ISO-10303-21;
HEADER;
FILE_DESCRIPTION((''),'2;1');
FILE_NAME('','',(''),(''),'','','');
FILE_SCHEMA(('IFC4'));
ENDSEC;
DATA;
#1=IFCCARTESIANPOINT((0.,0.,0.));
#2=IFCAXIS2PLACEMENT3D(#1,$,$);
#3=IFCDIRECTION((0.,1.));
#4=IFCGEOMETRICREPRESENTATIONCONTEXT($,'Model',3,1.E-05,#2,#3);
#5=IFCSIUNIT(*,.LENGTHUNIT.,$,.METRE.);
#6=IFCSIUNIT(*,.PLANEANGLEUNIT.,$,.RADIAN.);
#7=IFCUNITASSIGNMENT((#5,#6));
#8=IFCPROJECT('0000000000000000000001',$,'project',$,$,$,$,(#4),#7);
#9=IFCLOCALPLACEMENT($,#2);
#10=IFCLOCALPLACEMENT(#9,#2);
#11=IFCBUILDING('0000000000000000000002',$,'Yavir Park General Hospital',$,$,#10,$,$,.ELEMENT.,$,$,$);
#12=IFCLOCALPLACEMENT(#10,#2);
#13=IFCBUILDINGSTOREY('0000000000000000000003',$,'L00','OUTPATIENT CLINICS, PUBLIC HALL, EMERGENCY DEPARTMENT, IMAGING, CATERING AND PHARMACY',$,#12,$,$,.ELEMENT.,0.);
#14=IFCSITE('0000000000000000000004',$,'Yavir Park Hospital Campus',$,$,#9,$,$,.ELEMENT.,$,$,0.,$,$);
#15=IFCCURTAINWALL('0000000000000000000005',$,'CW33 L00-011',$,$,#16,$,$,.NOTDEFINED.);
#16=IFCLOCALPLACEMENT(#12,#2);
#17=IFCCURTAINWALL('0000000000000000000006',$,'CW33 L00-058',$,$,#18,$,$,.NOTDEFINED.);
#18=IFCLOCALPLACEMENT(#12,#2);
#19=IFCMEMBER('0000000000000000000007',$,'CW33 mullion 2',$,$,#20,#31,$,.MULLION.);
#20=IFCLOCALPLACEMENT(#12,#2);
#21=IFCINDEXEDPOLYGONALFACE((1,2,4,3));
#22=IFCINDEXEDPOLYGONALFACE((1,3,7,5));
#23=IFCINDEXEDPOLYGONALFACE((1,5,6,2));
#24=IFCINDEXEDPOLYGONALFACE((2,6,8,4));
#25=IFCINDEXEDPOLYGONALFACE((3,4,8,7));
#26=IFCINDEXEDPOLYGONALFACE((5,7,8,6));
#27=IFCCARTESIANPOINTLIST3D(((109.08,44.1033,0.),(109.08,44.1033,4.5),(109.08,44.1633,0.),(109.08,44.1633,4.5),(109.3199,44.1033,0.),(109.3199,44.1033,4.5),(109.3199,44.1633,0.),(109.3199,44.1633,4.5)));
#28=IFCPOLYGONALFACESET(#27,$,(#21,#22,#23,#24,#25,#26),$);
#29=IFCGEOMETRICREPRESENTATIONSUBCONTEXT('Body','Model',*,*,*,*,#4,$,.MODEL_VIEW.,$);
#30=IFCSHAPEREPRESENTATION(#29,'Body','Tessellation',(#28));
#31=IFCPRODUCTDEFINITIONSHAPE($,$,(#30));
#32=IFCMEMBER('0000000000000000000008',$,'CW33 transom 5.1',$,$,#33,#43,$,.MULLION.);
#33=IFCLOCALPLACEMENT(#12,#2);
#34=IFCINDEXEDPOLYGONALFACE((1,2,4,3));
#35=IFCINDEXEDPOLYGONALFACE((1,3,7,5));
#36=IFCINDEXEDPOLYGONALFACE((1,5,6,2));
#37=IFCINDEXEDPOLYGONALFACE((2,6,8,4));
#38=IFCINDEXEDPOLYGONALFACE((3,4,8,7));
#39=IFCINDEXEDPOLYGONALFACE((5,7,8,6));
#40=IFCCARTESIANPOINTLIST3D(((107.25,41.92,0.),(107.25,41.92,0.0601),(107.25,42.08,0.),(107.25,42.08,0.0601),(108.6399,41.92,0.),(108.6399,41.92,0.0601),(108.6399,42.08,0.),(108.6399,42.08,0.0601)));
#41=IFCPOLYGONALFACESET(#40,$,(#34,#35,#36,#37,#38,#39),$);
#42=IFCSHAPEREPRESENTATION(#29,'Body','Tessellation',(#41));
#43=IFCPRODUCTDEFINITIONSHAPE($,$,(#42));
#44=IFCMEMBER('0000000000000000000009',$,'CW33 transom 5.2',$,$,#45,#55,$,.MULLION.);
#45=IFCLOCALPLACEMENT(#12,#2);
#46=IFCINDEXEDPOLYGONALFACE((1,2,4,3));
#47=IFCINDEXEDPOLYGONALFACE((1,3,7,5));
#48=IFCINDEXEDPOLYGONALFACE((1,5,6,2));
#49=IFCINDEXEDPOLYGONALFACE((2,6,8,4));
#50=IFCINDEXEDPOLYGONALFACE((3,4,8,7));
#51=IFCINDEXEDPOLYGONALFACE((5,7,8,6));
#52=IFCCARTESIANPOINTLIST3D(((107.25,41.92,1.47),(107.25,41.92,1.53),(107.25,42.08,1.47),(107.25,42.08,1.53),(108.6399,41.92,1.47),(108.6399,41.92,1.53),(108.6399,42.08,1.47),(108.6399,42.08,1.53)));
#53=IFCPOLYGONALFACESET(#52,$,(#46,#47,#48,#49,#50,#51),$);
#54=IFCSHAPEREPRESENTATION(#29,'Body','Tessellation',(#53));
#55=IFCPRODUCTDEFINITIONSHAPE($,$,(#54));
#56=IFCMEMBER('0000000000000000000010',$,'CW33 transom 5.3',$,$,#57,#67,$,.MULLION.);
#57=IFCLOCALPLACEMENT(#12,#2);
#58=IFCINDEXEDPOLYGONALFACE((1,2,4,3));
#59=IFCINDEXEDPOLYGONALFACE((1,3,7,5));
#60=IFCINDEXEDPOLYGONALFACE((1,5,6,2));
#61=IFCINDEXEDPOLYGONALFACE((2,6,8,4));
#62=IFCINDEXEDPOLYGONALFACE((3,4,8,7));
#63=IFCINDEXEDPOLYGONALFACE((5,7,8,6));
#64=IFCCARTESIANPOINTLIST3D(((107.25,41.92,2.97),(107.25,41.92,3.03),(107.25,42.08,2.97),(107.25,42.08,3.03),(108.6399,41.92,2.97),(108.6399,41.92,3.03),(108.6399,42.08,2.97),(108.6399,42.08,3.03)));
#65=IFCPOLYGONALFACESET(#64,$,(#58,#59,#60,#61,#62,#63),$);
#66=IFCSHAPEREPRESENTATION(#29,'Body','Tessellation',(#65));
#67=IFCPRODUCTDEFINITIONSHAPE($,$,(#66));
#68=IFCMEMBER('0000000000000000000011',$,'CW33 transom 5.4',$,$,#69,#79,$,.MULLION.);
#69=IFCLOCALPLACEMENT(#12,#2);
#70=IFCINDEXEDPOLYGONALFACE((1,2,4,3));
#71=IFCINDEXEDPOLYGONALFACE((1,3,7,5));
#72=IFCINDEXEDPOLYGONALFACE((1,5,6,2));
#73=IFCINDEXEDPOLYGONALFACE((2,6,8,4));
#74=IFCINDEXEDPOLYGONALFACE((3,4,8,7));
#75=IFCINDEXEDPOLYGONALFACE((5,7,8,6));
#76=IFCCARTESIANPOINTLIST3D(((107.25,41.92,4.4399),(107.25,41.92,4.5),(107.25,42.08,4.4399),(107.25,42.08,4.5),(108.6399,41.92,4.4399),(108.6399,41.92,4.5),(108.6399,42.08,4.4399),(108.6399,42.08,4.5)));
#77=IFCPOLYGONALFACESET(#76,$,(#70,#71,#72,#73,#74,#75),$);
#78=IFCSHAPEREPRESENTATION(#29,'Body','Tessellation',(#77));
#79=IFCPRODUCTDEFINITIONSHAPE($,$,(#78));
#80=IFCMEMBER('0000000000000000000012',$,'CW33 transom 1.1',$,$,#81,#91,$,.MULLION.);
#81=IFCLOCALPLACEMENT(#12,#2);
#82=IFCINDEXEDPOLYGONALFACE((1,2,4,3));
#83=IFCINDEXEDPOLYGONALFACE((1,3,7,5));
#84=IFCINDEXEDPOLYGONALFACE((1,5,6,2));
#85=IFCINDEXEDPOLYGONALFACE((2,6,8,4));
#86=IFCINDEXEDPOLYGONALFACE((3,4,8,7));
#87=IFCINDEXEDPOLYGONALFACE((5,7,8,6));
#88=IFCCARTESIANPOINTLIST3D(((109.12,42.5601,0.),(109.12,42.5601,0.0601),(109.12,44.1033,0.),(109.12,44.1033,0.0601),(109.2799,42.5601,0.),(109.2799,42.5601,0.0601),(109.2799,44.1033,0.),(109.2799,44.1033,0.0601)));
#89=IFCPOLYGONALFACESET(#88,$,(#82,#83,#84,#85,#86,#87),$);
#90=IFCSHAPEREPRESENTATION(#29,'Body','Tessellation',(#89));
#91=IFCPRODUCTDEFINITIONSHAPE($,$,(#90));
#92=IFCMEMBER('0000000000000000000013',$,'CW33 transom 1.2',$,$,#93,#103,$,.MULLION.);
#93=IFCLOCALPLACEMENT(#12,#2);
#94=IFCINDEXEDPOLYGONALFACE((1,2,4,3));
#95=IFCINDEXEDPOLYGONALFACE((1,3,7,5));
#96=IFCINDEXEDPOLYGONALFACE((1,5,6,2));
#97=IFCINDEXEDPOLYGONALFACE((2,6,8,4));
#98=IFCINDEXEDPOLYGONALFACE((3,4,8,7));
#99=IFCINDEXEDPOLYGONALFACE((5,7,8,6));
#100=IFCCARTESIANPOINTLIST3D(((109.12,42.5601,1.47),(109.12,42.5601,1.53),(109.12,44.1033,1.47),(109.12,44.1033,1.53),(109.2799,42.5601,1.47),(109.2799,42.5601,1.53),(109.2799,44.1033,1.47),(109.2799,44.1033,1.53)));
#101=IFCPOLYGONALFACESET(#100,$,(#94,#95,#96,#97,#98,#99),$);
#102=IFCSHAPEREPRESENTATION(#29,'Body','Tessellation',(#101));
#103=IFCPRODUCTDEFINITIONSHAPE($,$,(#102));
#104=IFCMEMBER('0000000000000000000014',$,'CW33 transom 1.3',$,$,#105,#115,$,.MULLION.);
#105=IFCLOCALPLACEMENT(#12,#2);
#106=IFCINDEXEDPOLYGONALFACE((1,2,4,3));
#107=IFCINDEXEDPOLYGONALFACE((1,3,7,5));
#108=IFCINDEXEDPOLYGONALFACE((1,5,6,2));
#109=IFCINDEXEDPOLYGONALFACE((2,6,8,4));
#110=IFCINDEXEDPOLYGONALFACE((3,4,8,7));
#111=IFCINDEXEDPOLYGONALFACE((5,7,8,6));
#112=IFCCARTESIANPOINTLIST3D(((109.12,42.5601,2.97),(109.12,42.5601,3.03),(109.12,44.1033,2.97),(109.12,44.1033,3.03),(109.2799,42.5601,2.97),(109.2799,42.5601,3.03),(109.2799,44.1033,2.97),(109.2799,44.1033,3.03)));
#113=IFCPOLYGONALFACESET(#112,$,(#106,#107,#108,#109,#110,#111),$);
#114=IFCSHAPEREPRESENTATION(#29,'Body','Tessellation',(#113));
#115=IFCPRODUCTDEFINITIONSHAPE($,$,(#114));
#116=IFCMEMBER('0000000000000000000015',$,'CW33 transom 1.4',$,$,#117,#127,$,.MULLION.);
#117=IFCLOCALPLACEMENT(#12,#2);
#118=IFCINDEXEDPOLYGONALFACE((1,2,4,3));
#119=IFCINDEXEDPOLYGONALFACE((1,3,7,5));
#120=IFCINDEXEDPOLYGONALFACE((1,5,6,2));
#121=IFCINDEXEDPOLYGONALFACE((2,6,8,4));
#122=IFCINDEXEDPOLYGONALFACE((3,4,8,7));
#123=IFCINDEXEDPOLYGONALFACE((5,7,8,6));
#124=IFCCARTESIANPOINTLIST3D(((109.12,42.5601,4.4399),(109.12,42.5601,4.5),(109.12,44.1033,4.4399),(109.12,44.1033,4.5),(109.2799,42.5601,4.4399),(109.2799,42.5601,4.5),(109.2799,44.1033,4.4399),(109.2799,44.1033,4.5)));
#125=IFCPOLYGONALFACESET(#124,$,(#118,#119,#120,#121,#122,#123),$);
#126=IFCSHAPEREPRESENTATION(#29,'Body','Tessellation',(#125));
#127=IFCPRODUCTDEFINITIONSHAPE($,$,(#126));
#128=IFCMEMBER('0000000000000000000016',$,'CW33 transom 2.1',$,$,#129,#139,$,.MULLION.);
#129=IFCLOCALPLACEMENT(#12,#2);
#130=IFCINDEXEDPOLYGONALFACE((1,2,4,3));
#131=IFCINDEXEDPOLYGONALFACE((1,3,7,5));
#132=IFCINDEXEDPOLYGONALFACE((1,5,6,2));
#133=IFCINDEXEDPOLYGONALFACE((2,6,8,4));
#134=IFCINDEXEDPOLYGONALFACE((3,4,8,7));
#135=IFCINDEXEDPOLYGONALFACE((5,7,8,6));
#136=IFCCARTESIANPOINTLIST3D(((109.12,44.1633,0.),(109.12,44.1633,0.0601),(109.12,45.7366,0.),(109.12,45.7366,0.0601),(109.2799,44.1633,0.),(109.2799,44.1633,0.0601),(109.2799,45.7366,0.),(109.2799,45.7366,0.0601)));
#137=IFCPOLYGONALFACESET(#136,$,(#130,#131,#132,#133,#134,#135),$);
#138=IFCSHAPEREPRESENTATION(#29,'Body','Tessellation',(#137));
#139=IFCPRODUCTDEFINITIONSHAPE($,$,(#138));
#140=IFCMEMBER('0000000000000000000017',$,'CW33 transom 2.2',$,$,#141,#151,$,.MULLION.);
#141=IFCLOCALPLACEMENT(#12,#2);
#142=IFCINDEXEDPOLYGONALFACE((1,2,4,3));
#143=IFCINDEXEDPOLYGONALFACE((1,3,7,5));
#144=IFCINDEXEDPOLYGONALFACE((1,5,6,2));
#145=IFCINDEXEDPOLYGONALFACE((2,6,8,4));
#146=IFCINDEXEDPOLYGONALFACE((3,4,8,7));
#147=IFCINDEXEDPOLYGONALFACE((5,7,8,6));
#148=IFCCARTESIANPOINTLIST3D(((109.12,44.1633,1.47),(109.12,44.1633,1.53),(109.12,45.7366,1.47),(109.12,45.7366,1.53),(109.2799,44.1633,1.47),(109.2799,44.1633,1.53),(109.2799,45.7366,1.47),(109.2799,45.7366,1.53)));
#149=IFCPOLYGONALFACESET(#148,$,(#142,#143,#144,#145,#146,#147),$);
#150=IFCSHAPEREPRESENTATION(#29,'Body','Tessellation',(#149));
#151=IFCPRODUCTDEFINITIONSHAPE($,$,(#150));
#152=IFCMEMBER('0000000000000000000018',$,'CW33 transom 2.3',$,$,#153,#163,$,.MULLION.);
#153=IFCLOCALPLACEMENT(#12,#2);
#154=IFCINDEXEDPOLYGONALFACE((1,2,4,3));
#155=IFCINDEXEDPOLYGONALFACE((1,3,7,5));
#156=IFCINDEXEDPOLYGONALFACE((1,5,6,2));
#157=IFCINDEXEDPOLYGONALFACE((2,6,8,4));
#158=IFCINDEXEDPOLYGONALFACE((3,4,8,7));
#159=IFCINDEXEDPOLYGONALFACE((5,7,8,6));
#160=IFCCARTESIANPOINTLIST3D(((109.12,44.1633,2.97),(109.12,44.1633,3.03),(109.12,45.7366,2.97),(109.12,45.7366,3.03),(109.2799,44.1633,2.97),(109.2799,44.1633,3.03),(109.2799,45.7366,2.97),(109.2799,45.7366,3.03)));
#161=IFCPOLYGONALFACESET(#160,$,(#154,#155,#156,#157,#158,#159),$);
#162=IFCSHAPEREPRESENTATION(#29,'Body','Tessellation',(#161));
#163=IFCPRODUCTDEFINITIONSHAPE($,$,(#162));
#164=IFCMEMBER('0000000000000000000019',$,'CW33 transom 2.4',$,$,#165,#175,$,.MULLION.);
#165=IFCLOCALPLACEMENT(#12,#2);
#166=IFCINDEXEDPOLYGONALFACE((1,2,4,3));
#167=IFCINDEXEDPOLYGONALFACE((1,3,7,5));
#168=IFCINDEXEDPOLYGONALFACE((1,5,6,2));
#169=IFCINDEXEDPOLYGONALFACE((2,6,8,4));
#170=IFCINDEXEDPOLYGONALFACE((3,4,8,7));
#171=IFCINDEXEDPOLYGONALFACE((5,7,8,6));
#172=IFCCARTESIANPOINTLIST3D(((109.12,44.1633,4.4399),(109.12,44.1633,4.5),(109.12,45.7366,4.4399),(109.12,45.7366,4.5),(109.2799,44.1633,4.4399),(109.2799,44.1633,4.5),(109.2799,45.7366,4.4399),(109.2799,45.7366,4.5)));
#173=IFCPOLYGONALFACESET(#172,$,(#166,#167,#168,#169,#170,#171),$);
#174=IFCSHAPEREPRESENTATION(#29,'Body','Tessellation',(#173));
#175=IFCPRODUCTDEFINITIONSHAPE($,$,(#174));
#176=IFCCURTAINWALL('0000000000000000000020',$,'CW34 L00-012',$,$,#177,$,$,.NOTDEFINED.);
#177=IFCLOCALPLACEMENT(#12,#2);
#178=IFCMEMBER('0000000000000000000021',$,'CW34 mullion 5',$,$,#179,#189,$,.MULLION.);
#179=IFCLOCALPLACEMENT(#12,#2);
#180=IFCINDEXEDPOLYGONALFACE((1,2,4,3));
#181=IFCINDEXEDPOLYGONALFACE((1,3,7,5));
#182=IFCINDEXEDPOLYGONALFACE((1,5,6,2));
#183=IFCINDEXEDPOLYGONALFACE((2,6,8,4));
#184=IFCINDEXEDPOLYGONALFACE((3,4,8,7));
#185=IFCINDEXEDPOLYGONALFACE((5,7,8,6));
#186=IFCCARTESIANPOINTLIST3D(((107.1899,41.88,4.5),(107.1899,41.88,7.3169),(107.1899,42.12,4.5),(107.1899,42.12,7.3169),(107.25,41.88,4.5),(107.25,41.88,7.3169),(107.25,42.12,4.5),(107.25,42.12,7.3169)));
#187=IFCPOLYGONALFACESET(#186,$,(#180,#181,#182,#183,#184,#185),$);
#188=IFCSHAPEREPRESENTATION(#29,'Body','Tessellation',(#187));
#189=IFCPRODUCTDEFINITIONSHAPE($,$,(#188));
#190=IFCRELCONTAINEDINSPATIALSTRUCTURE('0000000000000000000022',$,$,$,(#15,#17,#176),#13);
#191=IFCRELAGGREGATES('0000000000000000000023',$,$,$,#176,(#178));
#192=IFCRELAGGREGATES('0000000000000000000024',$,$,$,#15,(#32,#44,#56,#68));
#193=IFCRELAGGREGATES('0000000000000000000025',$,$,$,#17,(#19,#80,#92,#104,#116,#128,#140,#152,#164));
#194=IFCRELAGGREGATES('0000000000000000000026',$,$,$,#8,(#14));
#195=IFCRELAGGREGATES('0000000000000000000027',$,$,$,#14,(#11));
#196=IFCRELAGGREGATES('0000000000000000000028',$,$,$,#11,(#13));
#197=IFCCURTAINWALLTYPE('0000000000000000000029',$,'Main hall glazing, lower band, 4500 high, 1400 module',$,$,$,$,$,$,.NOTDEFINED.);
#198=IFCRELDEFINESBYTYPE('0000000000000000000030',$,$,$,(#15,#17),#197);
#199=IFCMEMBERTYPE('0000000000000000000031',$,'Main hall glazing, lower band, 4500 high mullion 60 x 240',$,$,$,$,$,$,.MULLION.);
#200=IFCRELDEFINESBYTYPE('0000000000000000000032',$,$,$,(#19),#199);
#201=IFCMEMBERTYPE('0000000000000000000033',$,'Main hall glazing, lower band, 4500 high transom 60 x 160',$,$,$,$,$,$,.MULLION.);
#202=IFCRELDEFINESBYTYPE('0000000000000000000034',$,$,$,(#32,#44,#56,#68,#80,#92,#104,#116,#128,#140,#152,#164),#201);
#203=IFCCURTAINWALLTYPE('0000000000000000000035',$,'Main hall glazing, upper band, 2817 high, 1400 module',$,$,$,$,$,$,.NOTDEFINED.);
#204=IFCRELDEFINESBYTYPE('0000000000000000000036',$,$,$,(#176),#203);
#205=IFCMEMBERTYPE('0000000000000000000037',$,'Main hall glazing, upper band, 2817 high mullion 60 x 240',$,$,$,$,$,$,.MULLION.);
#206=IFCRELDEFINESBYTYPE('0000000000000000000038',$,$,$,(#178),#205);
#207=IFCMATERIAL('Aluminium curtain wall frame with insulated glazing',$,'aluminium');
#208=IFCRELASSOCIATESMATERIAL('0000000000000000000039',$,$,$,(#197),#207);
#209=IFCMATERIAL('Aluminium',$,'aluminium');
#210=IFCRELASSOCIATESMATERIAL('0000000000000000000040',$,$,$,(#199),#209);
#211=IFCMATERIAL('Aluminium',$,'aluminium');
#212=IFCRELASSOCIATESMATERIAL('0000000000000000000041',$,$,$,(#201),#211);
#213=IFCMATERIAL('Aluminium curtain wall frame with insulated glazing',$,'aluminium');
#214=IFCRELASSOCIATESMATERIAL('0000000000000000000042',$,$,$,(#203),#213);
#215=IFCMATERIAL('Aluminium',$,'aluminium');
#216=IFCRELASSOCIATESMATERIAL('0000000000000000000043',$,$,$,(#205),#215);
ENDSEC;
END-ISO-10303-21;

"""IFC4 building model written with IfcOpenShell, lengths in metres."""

from ifc_helpers import new_model, si_unit, direction, frame, origin, origin_2d, place, context, subcontext, project, spatial, rectangle, extrude, material, material_profile, profile_set, type_object, element, aggregate, save


model = new_model("IFC4")

# Units and contexts
model_context = context("Model", 3, precision=1e-05, world=origin(), true_north=direction((0.0, 1.0)))
body_context = subcontext(model_context, "Body", "Model", "MODEL_VIEW")
ifc_project = project(units=[si_unit("LENGTHUNIT", "METRE"), si_unit("PLANEANGLEUNIT", "RADIAN")], contexts=[model_context])

# Site, building, storey
site_placement = place(None, origin())
site = spatial("IfcSite", under=ifc_project, at=site_placement, Name="Yavir Park Hospital Campus", CompositionType="ELEMENT", RefElevation=0.0)
building_placement = place(site_placement, origin())
building = spatial("IfcBuilding", under=site, at=building_placement, Name="Yavir Park General Hospital", CompositionType="ELEMENT")
storey_placement = place(building_placement, origin())
storey = spatial("IfcBuildingStorey", under=building, at=storey_placement, Name="L00", Description="OUTPATIENT CLINICS, PUBLIC HALL, EMERGENCY DEPARTMENT, IMAGING, CATERING AND PHARMACY", CompositionType="ELEMENT", Elevation=0.0)

# Curtain walls, member
ifc_material_1 = material(Name="Aluminium curtain wall frame with insulated glazing", Category="aluminium")
curtain_wall_type_1 = type_object("IfcCurtainWallType", Name="Main hall glazing, lower band, 4500 high, 1400 module", PredefinedType="NOTDEFINED", material=ifc_material_1)
curtain_wall_1_placement = place(storey_placement, origin())
curtain_wall_1 = element("IfcCurtainWall", 1, at=curtain_wall_1_placement, inside=storey, type_object=curtain_wall_type_1, Name="CW33 L00-011", PredefinedType="NOTDEFINED")
ifc_material_2 = material(Name="Aluminium", Category="aluminium")
ifc_material_profile_1 = material_profile(ifc_material_2, rectangle(XDim=0.24, YDim=0.0601, at=origin_2d()), Name="AL 60x240")
ifc_profile_set_1 = profile_set([ifc_material_profile_1], Name="Aluminium")
member_type_1 = type_object("IfcMemberType", Name="Main hall glazing, lower band, 4500 high mullion 60 x 240", PredefinedType="MULLION", material=ifc_profile_set_1)
curtain_wall_2_placement = place(storey_placement, origin())
curtain_wall_2 = element("IfcCurtainWall", 2, at=curtain_wall_2_placement, inside=storey, type_object=curtain_wall_type_1, Name="CW33 L00-058", PredefinedType="NOTDEFINED")
member_1_placement = place(storey_placement, frame((109.2, 44.1333, 0.0), z_axis=(0.0, 0.0, 1.0), x_axis=(-1.0, 0.0, 0.0)))
member_1 = element("IfcMember", 3, at=member_1_placement, type_object=member_type_1, Name="CW33 mullion 2", PredefinedType="MULLION", context=body_context, shape_type="SweptSolid", body=[
    extrude(rectangle(XDim=0.24, YDim=0.0601, at=origin_2d()), origin(), (0.0, 0.0, 1.0), 4.5),
])

# Members
ifc_material_3 = material(Name="Aluminium", Category="aluminium")
ifc_material_profile_2 = material_profile(ifc_material_3, rectangle(XDim=0.1599, YDim=0.0601, at=origin_2d()), Name="AL 160x60")
ifc_profile_set_2 = profile_set([ifc_material_profile_2], Name="Aluminium")
member_type_2 = type_object("IfcMemberType", Name="Main hall glazing, lower band, 4500 high transom 60 x 160", PredefinedType="MULLION", material=ifc_profile_set_2)
member_2_placement = place(storey_placement, frame((107.25, 42.0, 0.03), z_axis=(1.0, 0.0, 0.0), x_axis=(0.0, 1.0, 0.0)))
member_2 = element("IfcMember", 4, at=member_2_placement, type_object=member_type_2, Name="CW33 transom 5.1", PredefinedType="MULLION", context=body_context, shape_type="SweptSolid", body=[
    extrude(rectangle(XDim=0.1599, YDim=0.0601, at=origin_2d()), origin(), (0.0, 0.0, 1.0), 1.3899),
])
member_3_placement = place(storey_placement, frame((107.25, 42.0, 1.5), z_axis=(1.0, 0.0, 0.0), x_axis=(0.0, 1.0, 0.0)))
member_3 = element("IfcMember", 5, at=member_3_placement, type_object=member_type_2, Name="CW33 transom 5.2", PredefinedType="MULLION", context=body_context, shape_type="SweptSolid", body=[
    extrude(rectangle(XDim=0.1599, YDim=0.0601, at=origin_2d()), origin(), (0.0, 0.0, 1.0), 1.3899),
])
member_4_placement = place(storey_placement, frame((107.25, 42.0, 3.0), z_axis=(1.0, 0.0, 0.0), x_axis=(0.0, 1.0, 0.0)))
member_4 = element("IfcMember", 6, at=member_4_placement, type_object=member_type_2, Name="CW33 transom 5.3", PredefinedType="MULLION", context=body_context, shape_type="SweptSolid", body=[
    extrude(rectangle(XDim=0.1599, YDim=0.0601, at=origin_2d()), origin(), (0.0, 0.0, 1.0), 1.3899),
])
member_5_placement = place(storey_placement, frame((107.25, 42.0, 4.47), z_axis=(1.0, 0.0, 0.0), x_axis=(0.0, 1.0, 0.0)))
member_5 = element("IfcMember", 7, at=member_5_placement, type_object=member_type_2, Name="CW33 transom 5.4", PredefinedType="MULLION", context=body_context, shape_type="SweptSolid", body=[
    extrude(rectangle(XDim=0.1599, YDim=0.0601, at=origin_2d()), origin(), (0.0, 0.0, 1.0), 1.3899),
])
member_6_placement = place(storey_placement, frame((109.2, 42.5601, 0.03), z_axis=(0.0, 1.0, 0.0), x_axis=(-1.0, 0.0, 0.0)))
member_6 = element("IfcMember", 8, at=member_6_placement, type_object=member_type_2, Name="CW33 transom 1.1", PredefinedType="MULLION", context=body_context, shape_type="SweptSolid", body=[
    extrude(rectangle(XDim=0.1599, YDim=0.0601, at=origin_2d()), origin(), (0.0, 0.0, 1.0), 1.5432),
])
member_7_placement = place(storey_placement, frame((109.2, 42.5601, 1.5), z_axis=(0.0, 1.0, 0.0), x_axis=(-1.0, 0.0, 0.0)))
member_7 = element("IfcMember", 9, at=member_7_placement, type_object=member_type_2, Name="CW33 transom 1.2", PredefinedType="MULLION", context=body_context, shape_type="SweptSolid", body=[
    extrude(rectangle(XDim=0.1599, YDim=0.0601, at=origin_2d()), origin(), (0.0, 0.0, 1.0), 1.5432),
])
member_8_placement = place(storey_placement, frame((109.2, 42.5601, 3.0), z_axis=(0.0, 1.0, 0.0), x_axis=(-1.0, 0.0, 0.0)))
member_8 = element("IfcMember", 10, at=member_8_placement, type_object=member_type_2, Name="CW33 transom 1.3", PredefinedType="MULLION", context=body_context, shape_type="SweptSolid", body=[
    extrude(rectangle(XDim=0.1599, YDim=0.0601, at=origin_2d()), origin(), (0.0, 0.0, 1.0), 1.5432),
])
member_9_placement = place(storey_placement, frame((109.2, 42.5601, 4.47), z_axis=(0.0, 1.0, 0.0), x_axis=(-1.0, 0.0, 0.0)))
member_9 = element("IfcMember", 11, at=member_9_placement, type_object=member_type_2, Name="CW33 transom 1.4", PredefinedType="MULLION", context=body_context, shape_type="SweptSolid", body=[
    extrude(rectangle(XDim=0.1599, YDim=0.0601, at=origin_2d()), origin(), (0.0, 0.0, 1.0), 1.5432),
])
member_10_placement = place(storey_placement, frame((109.2, 44.1633, 0.03), z_axis=(0.0, 1.0, 0.0), x_axis=(-1.0, 0.0, 0.0)))
member_10 = element("IfcMember", 12, at=member_10_placement, type_object=member_type_2, Name="CW33 transom 2.1", PredefinedType="MULLION", context=body_context, shape_type="SweptSolid", body=[
    extrude(rectangle(XDim=0.1599, YDim=0.0601, at=origin_2d()), origin(), (0.0, 0.0, 1.0), 1.5732),
])
member_11_placement = place(storey_placement, frame((109.2, 44.1633, 1.5), z_axis=(0.0, 1.0, 0.0), x_axis=(-1.0, 0.0, 0.0)))
member_11 = element("IfcMember", 13, at=member_11_placement, type_object=member_type_2, Name="CW33 transom 2.2", PredefinedType="MULLION", context=body_context, shape_type="SweptSolid", body=[
    extrude(rectangle(XDim=0.1599, YDim=0.0601, at=origin_2d()), origin(), (0.0, 0.0, 1.0), 1.5732),
])
member_12_placement = place(storey_placement, frame((109.2, 44.1633, 3.0), z_axis=(0.0, 1.0, 0.0), x_axis=(-1.0, 0.0, 0.0)))
member_12 = element("IfcMember", 14, at=member_12_placement, type_object=member_type_2, Name="CW33 transom 2.3", PredefinedType="MULLION", context=body_context, shape_type="SweptSolid", body=[
    extrude(rectangle(XDim=0.1599, YDim=0.0601, at=origin_2d()), origin(), (0.0, 0.0, 1.0), 1.5732),
])
member_13_placement = place(storey_placement, frame((109.2, 44.1633, 4.47), z_axis=(0.0, 1.0, 0.0), x_axis=(-1.0, 0.0, 0.0)))
member_13 = element("IfcMember", 15, at=member_13_placement, type_object=member_type_2, Name="CW33 transom 2.4", PredefinedType="MULLION", context=body_context, shape_type="SweptSolid", body=[
    extrude(rectangle(XDim=0.1599, YDim=0.0601, at=origin_2d()), origin(), (0.0, 0.0, 1.0), 1.5732),
])

# Curtain wall, member
ifc_material_4 = material(Name="Aluminium curtain wall frame with insulated glazing", Category="aluminium")
curtain_wall_type_2 = type_object("IfcCurtainWallType", Name="Main hall glazing, upper band, 2817 high, 1400 module", PredefinedType="NOTDEFINED", material=ifc_material_4)
curtain_wall_3_placement = place(storey_placement, origin())
curtain_wall_3 = element("IfcCurtainWall", 16, at=curtain_wall_3_placement, inside=storey, type_object=curtain_wall_type_2, Name="CW34 L00-012", PredefinedType="NOTDEFINED")
ifc_material_5 = material(Name="Aluminium", Category="aluminium")
ifc_material_profile_3 = material_profile(ifc_material_5, rectangle(XDim=0.24, YDim=0.0601, at=origin_2d()), Name="AL 60x240")
ifc_profile_set_3 = profile_set([ifc_material_profile_3], Name="Aluminium")
member_type_3 = type_object("IfcMemberType", Name="Main hall glazing, upper band, 2817 high mullion 60 x 240", PredefinedType="MULLION", material=ifc_profile_set_3)
member_14_placement = place(storey_placement, frame((107.22, 42.0, 4.5), z_axis=(0.0, 0.0, 1.0), x_axis=(0.0, 1.0, 0.0)))
member_14 = element("IfcMember", 17, at=member_14_placement, type_object=member_type_3, Name="CW34 mullion 5", PredefinedType="MULLION", context=body_context, shape_type="SweptSolid", body=[
    extrude(rectangle(XDim=0.24, YDim=0.0601, at=origin_2d()), origin(), (0.0, 0.0, 1.0), 2.8169),
])
aggregate(curtain_wall_3, [member_14])

aggregate(curtain_wall_1, [member_2, member_3, member_4, member_5])
aggregate(curtain_wall_2, [member_1, member_6, member_7, member_8, member_9, member_10, member_11, member_12, member_13])

save(model, "model.ifc")
